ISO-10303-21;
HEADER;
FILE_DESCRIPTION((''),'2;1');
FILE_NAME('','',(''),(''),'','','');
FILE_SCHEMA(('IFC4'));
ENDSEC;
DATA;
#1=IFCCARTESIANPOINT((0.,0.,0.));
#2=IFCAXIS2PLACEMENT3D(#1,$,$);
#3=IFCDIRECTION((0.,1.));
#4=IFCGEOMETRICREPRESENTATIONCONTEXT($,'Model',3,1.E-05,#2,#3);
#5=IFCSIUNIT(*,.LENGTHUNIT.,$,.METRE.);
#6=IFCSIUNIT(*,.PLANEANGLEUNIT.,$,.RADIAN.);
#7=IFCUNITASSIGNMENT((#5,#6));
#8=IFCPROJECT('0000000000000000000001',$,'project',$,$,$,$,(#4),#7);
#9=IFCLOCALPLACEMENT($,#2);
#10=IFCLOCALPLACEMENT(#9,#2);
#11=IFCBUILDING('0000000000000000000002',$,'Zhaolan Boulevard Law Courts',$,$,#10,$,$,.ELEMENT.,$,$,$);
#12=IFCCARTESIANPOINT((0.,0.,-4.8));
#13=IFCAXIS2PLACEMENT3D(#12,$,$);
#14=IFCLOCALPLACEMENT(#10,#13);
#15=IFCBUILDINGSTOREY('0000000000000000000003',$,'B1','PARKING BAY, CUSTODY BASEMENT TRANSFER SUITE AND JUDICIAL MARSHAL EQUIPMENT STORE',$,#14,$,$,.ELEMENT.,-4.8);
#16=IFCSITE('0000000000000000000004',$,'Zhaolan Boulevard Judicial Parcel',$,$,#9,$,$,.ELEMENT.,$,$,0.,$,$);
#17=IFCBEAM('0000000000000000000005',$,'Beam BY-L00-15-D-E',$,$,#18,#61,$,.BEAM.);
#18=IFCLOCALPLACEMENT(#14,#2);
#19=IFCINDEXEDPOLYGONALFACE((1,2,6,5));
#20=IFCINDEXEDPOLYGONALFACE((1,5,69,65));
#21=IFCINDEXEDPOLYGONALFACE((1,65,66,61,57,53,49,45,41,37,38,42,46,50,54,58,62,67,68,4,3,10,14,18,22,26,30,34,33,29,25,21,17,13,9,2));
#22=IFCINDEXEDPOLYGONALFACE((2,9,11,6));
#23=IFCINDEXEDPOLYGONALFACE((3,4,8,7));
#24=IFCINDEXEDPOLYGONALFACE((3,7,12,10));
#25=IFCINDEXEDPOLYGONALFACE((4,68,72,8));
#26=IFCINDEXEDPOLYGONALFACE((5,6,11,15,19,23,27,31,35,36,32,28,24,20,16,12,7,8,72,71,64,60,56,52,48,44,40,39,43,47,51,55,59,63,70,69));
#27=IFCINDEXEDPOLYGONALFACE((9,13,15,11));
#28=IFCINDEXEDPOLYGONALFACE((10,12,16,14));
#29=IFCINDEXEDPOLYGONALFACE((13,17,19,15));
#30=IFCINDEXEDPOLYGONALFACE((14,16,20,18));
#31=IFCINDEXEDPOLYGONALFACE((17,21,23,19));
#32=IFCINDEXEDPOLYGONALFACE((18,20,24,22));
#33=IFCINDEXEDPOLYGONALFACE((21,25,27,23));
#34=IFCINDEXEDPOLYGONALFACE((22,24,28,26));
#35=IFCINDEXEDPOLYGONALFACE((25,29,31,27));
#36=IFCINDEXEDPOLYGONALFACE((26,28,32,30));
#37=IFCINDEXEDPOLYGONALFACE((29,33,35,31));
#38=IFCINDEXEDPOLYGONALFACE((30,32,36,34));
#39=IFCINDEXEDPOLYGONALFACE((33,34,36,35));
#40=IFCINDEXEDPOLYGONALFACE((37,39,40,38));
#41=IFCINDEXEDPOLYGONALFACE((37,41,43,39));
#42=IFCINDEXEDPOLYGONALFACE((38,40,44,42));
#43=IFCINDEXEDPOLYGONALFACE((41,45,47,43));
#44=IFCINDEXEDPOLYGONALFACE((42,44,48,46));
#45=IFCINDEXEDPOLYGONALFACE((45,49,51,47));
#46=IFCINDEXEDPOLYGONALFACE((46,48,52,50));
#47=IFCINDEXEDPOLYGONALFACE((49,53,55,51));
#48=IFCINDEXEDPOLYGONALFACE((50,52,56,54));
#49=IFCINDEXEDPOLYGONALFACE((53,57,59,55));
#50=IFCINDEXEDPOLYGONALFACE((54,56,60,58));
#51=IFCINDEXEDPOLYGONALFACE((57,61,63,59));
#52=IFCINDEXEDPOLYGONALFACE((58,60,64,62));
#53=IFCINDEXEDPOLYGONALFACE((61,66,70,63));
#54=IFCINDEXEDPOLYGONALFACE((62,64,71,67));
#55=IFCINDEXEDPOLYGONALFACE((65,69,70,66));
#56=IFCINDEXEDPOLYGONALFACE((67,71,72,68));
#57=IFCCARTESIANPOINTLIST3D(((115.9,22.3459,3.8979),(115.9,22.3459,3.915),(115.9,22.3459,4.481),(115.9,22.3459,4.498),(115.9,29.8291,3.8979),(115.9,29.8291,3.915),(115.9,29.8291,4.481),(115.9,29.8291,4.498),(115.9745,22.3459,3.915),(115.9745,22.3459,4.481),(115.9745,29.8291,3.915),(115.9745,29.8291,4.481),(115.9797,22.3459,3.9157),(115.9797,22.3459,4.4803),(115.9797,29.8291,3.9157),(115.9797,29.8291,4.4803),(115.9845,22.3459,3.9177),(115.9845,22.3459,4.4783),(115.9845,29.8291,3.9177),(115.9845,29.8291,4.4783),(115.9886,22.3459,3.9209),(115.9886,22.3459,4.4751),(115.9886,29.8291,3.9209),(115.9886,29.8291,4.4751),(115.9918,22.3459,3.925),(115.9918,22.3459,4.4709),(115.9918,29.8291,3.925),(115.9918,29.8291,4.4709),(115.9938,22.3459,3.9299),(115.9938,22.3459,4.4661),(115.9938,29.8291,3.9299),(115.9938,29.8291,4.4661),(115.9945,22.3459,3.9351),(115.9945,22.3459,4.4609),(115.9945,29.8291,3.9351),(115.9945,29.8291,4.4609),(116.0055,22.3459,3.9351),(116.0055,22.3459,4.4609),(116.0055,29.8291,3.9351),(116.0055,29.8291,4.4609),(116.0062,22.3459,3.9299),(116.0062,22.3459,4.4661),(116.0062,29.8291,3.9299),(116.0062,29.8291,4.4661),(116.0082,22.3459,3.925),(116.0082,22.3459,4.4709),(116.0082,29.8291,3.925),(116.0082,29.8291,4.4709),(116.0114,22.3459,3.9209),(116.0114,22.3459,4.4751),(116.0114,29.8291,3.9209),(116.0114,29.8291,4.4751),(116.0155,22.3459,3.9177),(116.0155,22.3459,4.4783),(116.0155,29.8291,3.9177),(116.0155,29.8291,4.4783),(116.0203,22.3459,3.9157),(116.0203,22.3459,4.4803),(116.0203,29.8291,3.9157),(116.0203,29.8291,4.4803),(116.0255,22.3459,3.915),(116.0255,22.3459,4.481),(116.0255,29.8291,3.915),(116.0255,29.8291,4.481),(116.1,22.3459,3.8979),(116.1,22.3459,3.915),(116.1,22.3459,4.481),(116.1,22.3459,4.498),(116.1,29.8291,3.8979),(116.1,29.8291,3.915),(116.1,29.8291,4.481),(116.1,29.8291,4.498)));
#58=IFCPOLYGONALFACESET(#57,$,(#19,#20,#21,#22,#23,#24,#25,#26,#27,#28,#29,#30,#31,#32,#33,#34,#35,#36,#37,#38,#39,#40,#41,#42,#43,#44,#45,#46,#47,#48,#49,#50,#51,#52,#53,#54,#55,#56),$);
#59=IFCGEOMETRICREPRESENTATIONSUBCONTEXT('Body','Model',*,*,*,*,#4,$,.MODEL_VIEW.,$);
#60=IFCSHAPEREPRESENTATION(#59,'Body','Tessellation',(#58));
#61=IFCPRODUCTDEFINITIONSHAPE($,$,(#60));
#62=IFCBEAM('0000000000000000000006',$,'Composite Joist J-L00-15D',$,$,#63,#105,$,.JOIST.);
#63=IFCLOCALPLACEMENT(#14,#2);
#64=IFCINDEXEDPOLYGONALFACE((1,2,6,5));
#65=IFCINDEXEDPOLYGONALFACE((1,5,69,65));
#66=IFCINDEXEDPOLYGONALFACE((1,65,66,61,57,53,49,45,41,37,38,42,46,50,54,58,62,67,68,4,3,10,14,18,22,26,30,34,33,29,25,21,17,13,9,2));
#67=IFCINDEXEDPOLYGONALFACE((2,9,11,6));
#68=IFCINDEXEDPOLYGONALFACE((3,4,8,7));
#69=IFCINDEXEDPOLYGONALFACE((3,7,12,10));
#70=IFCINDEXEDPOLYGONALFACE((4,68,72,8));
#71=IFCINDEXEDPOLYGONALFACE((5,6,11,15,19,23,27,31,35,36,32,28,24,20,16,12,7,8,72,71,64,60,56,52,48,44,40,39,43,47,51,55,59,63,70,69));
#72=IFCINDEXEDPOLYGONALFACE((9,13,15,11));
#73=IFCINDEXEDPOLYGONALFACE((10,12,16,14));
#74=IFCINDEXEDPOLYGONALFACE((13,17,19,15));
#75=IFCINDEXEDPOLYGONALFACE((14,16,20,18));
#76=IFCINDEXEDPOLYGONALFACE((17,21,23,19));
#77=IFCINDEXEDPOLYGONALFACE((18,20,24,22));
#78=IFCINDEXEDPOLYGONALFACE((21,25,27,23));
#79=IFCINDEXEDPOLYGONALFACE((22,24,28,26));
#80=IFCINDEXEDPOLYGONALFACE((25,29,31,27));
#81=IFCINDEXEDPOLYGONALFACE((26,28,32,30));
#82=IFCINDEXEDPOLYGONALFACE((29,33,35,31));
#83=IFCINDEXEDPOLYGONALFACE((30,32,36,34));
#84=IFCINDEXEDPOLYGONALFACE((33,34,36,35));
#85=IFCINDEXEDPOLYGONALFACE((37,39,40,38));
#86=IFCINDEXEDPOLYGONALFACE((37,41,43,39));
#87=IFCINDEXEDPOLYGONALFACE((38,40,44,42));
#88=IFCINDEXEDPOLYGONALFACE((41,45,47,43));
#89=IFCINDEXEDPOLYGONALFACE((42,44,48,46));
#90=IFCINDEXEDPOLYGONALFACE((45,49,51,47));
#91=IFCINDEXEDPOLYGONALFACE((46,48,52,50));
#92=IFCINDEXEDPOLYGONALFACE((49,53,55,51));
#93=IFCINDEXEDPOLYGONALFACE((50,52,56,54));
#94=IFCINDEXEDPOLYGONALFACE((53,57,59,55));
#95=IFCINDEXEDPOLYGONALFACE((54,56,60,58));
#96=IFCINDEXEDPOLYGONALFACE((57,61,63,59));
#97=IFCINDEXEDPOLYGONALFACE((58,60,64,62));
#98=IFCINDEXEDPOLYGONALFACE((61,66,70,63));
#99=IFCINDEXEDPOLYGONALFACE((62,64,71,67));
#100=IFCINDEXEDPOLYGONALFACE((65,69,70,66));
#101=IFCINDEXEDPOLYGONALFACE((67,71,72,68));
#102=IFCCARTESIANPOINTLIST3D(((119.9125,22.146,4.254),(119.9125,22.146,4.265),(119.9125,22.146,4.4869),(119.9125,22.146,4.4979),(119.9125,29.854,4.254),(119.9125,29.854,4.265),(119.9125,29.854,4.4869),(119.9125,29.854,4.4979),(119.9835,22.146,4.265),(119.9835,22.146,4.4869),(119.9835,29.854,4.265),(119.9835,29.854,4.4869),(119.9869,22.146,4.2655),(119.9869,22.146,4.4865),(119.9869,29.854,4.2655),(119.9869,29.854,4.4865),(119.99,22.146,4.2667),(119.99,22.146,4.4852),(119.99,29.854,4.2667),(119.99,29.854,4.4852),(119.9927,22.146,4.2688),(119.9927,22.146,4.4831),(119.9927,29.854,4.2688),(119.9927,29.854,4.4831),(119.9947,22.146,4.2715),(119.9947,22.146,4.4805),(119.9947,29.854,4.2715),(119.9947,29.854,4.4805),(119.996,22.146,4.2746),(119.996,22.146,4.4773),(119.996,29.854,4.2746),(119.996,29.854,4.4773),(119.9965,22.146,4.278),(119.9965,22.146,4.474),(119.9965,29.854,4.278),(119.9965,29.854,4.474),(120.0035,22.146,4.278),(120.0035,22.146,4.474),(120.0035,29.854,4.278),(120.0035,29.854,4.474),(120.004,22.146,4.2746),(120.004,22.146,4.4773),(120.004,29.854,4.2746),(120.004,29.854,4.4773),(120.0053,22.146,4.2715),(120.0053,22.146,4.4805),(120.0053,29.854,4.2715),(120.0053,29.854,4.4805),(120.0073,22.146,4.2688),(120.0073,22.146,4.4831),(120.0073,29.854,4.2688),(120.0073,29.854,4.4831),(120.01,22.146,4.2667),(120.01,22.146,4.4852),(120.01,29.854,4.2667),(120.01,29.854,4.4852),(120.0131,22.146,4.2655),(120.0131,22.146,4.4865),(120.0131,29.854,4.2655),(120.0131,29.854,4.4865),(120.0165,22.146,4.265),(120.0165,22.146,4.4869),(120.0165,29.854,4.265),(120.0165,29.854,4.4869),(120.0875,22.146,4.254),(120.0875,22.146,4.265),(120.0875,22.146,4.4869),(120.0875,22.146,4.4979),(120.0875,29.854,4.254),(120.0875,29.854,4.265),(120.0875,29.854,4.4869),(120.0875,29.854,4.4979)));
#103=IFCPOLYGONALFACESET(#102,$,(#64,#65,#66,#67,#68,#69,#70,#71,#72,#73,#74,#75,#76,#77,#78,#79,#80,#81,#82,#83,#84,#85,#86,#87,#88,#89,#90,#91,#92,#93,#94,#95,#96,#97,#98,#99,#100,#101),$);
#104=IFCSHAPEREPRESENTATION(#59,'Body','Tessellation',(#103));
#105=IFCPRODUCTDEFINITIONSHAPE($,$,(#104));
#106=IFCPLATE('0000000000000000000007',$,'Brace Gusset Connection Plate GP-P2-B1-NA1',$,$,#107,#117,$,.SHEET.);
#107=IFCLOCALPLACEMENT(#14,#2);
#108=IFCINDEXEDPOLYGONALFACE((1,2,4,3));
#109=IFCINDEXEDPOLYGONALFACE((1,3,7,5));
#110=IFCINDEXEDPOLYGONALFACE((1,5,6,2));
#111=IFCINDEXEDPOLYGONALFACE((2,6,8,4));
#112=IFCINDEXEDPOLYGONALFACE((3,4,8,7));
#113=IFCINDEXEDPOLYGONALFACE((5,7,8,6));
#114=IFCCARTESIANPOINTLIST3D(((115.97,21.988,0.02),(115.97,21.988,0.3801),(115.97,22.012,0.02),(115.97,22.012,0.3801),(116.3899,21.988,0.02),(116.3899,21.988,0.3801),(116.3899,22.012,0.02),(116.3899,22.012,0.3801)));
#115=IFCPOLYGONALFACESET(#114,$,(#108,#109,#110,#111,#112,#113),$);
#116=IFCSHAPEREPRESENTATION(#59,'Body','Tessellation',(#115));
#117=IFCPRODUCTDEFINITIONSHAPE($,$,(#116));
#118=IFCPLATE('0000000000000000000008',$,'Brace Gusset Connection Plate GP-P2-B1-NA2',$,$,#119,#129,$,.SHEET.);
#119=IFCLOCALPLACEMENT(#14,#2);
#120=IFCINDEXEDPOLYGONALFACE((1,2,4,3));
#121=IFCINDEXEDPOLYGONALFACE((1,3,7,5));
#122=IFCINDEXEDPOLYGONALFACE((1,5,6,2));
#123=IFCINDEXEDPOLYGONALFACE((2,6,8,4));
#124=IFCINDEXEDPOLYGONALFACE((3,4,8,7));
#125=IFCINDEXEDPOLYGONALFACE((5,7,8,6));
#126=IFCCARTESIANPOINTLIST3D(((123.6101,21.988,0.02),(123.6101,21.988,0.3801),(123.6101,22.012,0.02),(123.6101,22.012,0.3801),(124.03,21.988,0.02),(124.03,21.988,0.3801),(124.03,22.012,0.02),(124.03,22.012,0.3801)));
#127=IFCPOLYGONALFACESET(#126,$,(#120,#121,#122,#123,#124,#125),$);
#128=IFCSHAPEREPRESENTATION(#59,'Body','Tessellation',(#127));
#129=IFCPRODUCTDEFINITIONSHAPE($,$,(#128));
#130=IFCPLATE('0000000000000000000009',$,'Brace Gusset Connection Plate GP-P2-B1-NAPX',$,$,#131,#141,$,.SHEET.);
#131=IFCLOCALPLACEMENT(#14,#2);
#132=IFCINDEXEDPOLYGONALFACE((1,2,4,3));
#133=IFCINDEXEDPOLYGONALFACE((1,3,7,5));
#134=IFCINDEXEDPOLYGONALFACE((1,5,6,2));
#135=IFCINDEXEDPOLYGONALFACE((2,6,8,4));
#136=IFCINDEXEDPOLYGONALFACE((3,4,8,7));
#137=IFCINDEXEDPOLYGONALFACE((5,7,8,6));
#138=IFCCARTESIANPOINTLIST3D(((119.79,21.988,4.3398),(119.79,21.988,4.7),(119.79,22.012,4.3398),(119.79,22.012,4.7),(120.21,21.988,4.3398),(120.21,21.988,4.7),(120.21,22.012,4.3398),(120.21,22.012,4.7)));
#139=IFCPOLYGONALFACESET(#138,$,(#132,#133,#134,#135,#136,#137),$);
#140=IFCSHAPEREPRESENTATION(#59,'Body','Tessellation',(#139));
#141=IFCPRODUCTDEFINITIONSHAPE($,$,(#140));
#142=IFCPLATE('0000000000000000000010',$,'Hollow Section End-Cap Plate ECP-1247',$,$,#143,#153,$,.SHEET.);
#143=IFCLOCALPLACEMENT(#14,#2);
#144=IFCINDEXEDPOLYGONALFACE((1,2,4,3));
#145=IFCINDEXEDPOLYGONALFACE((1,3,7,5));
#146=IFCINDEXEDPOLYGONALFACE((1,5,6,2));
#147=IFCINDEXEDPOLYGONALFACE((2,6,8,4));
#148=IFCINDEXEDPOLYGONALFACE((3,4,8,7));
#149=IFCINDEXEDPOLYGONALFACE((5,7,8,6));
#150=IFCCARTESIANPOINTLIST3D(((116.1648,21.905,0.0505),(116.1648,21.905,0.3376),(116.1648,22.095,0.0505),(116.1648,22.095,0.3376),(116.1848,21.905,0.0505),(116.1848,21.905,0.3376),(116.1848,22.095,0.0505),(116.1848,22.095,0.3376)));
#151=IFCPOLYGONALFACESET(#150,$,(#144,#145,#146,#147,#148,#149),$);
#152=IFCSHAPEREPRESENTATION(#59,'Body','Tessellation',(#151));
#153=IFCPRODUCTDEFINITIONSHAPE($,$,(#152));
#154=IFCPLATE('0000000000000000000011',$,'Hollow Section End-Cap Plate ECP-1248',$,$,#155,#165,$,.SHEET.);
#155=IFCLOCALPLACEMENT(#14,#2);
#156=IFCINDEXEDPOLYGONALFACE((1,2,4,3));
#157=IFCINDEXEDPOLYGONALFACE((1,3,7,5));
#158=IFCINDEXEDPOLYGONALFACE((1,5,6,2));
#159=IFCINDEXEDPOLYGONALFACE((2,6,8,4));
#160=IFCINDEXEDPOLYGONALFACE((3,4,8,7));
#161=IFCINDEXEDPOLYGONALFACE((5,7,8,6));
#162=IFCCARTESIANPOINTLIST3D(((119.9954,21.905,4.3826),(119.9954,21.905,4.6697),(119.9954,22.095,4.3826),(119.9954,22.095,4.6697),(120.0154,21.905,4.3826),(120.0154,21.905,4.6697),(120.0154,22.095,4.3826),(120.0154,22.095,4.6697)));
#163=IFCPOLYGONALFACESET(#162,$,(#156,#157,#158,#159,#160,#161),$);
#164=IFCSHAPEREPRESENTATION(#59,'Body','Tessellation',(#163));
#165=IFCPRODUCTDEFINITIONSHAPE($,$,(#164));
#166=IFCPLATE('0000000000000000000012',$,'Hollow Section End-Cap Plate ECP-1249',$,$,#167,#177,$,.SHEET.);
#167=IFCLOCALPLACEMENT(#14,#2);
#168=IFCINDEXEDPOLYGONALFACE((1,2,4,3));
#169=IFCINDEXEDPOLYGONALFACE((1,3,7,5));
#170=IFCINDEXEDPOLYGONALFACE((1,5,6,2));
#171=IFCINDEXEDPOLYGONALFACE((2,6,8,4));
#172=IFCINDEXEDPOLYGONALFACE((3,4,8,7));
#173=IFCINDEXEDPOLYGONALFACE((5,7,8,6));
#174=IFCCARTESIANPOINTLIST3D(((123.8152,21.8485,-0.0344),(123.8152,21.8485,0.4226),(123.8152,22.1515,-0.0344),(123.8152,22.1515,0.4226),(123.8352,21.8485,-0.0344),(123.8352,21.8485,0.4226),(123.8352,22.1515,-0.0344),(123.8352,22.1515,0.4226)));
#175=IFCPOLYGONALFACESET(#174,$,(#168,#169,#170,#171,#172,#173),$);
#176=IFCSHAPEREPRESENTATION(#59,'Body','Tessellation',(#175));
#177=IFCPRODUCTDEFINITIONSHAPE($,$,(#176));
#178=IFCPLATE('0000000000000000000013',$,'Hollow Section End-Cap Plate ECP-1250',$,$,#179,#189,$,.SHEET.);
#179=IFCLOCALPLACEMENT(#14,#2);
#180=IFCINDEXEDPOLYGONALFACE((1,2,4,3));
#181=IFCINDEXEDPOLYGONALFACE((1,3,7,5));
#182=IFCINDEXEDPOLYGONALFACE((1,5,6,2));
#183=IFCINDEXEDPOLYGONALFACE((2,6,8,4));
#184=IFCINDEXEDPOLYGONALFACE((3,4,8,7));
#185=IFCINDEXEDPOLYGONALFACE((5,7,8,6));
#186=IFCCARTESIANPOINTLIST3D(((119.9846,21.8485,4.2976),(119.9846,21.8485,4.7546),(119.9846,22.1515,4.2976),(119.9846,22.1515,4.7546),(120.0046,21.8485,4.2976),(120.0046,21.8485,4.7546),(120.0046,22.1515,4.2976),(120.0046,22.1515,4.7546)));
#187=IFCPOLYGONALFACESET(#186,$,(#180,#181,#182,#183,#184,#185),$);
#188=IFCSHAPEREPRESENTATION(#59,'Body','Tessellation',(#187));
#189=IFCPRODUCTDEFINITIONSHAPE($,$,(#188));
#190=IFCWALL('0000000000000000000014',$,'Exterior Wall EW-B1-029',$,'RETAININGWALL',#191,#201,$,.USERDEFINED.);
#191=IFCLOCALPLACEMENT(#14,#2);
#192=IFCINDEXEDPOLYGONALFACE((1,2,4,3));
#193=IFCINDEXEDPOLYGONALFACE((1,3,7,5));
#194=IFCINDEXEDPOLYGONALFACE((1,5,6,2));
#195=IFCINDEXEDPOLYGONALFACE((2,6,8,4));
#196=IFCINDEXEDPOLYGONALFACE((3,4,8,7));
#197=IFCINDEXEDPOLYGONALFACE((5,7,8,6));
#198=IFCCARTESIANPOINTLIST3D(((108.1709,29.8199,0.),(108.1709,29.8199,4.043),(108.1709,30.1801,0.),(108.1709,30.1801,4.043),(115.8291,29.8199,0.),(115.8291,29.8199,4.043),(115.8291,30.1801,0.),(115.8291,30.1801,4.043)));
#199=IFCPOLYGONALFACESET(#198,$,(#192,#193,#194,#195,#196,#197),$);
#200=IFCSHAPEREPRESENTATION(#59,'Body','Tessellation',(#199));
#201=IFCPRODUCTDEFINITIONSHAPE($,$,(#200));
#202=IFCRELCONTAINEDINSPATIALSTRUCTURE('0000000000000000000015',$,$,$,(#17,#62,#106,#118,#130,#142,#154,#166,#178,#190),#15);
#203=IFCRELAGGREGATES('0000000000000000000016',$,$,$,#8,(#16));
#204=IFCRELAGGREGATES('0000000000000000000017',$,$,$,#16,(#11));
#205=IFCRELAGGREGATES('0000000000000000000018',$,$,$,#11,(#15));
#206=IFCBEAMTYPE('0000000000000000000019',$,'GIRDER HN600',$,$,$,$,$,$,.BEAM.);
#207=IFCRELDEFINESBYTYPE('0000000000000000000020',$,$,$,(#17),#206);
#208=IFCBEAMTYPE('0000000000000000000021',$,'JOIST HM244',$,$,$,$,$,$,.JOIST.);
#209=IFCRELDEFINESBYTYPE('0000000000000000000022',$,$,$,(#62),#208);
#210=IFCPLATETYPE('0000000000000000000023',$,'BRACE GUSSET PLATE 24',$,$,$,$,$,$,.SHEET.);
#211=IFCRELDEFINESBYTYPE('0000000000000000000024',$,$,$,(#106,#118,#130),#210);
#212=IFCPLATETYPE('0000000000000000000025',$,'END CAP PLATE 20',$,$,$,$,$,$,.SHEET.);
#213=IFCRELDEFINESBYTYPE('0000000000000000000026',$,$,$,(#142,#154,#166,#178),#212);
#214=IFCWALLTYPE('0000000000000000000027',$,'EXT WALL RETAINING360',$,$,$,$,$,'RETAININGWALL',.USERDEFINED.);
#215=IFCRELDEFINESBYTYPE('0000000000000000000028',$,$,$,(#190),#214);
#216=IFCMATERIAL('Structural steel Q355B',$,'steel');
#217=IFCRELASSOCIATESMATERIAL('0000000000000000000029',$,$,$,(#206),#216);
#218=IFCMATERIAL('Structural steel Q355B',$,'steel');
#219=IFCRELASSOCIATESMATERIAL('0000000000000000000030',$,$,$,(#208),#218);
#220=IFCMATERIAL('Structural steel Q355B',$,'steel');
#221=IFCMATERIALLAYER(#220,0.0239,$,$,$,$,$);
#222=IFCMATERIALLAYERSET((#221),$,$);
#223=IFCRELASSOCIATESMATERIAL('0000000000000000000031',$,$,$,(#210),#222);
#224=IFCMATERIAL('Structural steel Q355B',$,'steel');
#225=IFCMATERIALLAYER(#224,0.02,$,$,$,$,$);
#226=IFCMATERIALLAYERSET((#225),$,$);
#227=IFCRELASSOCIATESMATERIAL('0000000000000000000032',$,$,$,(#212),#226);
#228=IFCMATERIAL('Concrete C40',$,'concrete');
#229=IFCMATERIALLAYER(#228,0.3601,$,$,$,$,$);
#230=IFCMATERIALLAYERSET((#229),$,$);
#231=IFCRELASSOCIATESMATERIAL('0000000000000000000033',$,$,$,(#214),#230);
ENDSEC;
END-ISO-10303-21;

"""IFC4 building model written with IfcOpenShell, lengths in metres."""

from ifc_helpers import new_model, si_unit, direction, frame, frame_2d, origin, origin_2d, place, context, subcontext, project, spatial, rectangle, i_section, extrude, material, layer, layer_set, material_profile, profile_set, type_object, element, save


model = new_model("IFC4")

# Units and contexts
model_context = context("Model", 3, precision=1e-05, world=origin(), true_north=direction((0.0, 1.0)))
body_context = subcontext(model_context, "Body", "Model", "MODEL_VIEW")
ifc_project = project(units=[si_unit("LENGTHUNIT", "METRE"), si_unit("PLANEANGLEUNIT", "RADIAN")], contexts=[model_context])

# Site, building, storey
site_placement = place(None, origin())
site = spatial("IfcSite", under=ifc_project, at=site_placement, Name="Zhaolan Boulevard Judicial Parcel", CompositionType="ELEMENT", RefElevation=0.0)
building_placement = place(site_placement, origin())
building = spatial("IfcBuilding", under=site, at=building_placement, Name="Zhaolan Boulevard Law Courts", CompositionType="ELEMENT")
storey_placement = place(building_placement, frame((0.0, 0.0, -4.8)))
storey = spatial("IfcBuildingStorey", under=building, at=storey_placement, Name="B1", Description="PARKING BAY, CUSTODY BASEMENT TRANSFER SUITE AND JUDICIAL MARSHAL EQUIPMENT STORE", CompositionType="ELEMENT", Elevation=-4.8)

# Beams
ifc_material_1 = material(Name="Structural steel Q355B", Category="steel")
ifc_material_profile_1 = material_profile(ifc_material_1, i_section(OverallWidth=0.2, OverallDepth=0.6001, WebThickness=0.011, FlangeThickness=0.0171, FilletRadius=0.02, at=origin_2d()), Name="HN600x200")
ifc_profile_set_1 = profile_set([ifc_material_profile_1], Name="Structural steel Q355B")
beam_type_1 = type_object("IfcBeamType", Name="GIRDER HN600", PredefinedType="BEAM", material=ifc_profile_set_1)
beam_1_placement = place(storey_placement, frame((116.0, 22.3459, 4.198), z_axis=(0.0, 1.0, 0.0), x_axis=(-1.0, 0.0, 0.0)))
element("IfcBeam", 1, at=beam_1_placement, inside=storey, type_object=beam_type_1, Name="Beam BY-L00-15-D-E", PredefinedType="BEAM", context=body_context, shape_type="SweptSolid", body=[
    extrude(i_section(OverallWidth=0.2, OverallDepth=0.6001, WebThickness=0.011, FlangeThickness=0.0171, FilletRadius=0.02, at=origin_2d()), origin(), (0.0, 0.0, 1.0), 7.4832),
])
ifc_material_2 = material(Name="Structural steel Q355B", Category="steel")
ifc_material_profile_2 = material_profile(ifc_material_2, i_section(OverallWidth=0.175, OverallDepth=0.2439, WebThickness=0.0071, FlangeThickness=0.011, FilletRadius=0.0129, at=origin_2d()), Name="HM244x175")
ifc_profile_set_2 = profile_set([ifc_material_profile_2], Name="Structural steel Q355B")
beam_type_2 = type_object("IfcBeamType", Name="JOIST HM244", PredefinedType="JOIST", material=ifc_profile_set_2)
beam_2_placement = place(storey_placement, frame((120.0, 22.146, 4.376), z_axis=(0.0, 1.0, 0.0), x_axis=(-1.0, 0.0, 0.0)))
element("IfcBeam", 2, at=beam_2_placement, inside=storey, type_object=beam_type_2, Name="Composite Joist J-L00-15D", PredefinedType="JOIST", context=body_context, shape_type="SweptSolid", body=[
    extrude(i_section(OverallWidth=0.175, OverallDepth=0.2439, WebThickness=0.0071, FlangeThickness=0.011, FilletRadius=0.0129, at=origin_2d()), origin(), (0.0, 0.0, 1.0), 7.708),
])

# Plates
ifc_material_3 = material(Name="Structural steel Q355B", Category="steel")
ifc_layer_1 = layer(ifc_material_3, 0.0239)
ifc_layer_set_1 = layer_set([ifc_layer_1])
plate_type_1 = type_object("IfcPlateType", Name="BRACE GUSSET PLATE 24", PredefinedType="SHEET", material=ifc_layer_set_1)
for number, where, z_axis, x_axis, name in (
    (3, (116.1799, 22.0, 0.02), (0.0, 0.0, 1.0), (1.0, 0.0, 0.0), "Brace Gusset Connection Plate GP-P2-B1-NA1"),
    (4, (123.8201, 22.0, 0.02), (0.0, 0.0, 1.0), (1.0, 0.0, 0.0), "Brace Gusset Connection Plate GP-P2-B1-NA2"),
    (5, (120.0, 22.0, 4.3398), (0.0, 0.0, 1.0), (1.0, 0.0, 0.0), "Brace Gusset Connection Plate GP-P2-B1-NAPX"),
):
    element("IfcPlate", number, at=place(storey_placement, frame(where, z_axis=z_axis, x_axis=x_axis)), inside=storey, type_object=plate_type_1, Name=name, PredefinedType="SHEET", context=body_context, shape_type="SweptSolid", body=[
        extrude(rectangle(XDim=0.4199, YDim=0.0239, at=origin_2d()), origin(), (0.0, 0.0, 1.0), 0.3601),
    ])
ifc_material_4 = material(Name="Structural steel Q355B", Category="steel")
ifc_layer_2 = layer(ifc_material_4, 0.02)
ifc_layer_set_2 = layer_set([ifc_layer_2])
plate_type_2 = type_object("IfcPlateType", Name="END CAP PLATE 20", PredefinedType="SHEET", material=ifc_layer_set_2)
for number, where, z_axis, x_axis, name in (
    (6, (116.1748, 22.0, 0.0505), (0.0, 0.0, 1.0), (1.0, 0.0, 0.0), "Hollow Section End-Cap Plate ECP-1247"),
    (7, (120.0054, 22.0, 4.3826), (0.0, 0.0, 1.0), (1.0, 0.0, 0.0), "Hollow Section End-Cap Plate ECP-1248"),
):
    element("IfcPlate", number, at=place(storey_placement, frame(where, z_axis=z_axis, x_axis=x_axis)), inside=storey, type_object=plate_type_2, Name=name, PredefinedType="SHEET", context=body_context, shape_type="SweptSolid", body=[
        extrude(rectangle(XDim=0.02, YDim=0.1899, at=origin_2d()), origin(), (0.0, 0.0, 1.0), 0.2871),
    ])
for number, where, z_axis, x_axis, name in (
    (8, (123.8252, 22.0, -0.0344), (0.0, 0.0, 1.0), (-1.0, 0.0, 0.0), "Hollow Section End-Cap Plate ECP-1249"),
    (9, (119.9946, 22.0, 4.2976), (0.0, 0.0, 1.0), (-1.0, 0.0, 0.0), "Hollow Section End-Cap Plate ECP-1250"),
):
    element("IfcPlate", number, at=place(storey_placement, frame(where, z_axis=z_axis, x_axis=x_axis)), inside=storey, type_object=plate_type_2, Name=name, PredefinedType="SHEET", context=body_context, shape_type="SweptSolid", body=[
        extrude(rectangle(XDim=0.02, YDim=0.303, at=origin_2d()), origin(), (0.0, 0.0, 1.0), 0.457),
    ])

# Wall
ifc_material_5 = material(Name="Concrete C40", Category="concrete")
ifc_layer_3 = layer(ifc_material_5, 0.3601)
ifc_layer_set_3 = layer_set([ifc_layer_3])
wall_type = type_object("IfcWallType", Name="EXT WALL RETAINING360", ElementType="RETAININGWALL", PredefinedType="USERDEFINED", material=ifc_layer_set_3)
wall_placement = place(storey_placement, frame((115.8291, 30.0, 0.0), z_axis=(0.0, 0.0, 1.0), x_axis=(-1.0, 0.0, 0.0)))
element("IfcWall", 10, at=wall_placement, inside=storey, type_object=wall_type, Name="Exterior Wall EW-B1-029", ObjectType="RETAININGWALL", PredefinedType="USERDEFINED", context=body_context, shape_type="SweptSolid", body=[
    extrude(rectangle(XDim=7.6582, YDim=0.3601, at=frame_2d((3.8291, 0.0))), origin(), (0.0, 0.0, 1.0), 4.043),
])

save(model, "model.ifc")
